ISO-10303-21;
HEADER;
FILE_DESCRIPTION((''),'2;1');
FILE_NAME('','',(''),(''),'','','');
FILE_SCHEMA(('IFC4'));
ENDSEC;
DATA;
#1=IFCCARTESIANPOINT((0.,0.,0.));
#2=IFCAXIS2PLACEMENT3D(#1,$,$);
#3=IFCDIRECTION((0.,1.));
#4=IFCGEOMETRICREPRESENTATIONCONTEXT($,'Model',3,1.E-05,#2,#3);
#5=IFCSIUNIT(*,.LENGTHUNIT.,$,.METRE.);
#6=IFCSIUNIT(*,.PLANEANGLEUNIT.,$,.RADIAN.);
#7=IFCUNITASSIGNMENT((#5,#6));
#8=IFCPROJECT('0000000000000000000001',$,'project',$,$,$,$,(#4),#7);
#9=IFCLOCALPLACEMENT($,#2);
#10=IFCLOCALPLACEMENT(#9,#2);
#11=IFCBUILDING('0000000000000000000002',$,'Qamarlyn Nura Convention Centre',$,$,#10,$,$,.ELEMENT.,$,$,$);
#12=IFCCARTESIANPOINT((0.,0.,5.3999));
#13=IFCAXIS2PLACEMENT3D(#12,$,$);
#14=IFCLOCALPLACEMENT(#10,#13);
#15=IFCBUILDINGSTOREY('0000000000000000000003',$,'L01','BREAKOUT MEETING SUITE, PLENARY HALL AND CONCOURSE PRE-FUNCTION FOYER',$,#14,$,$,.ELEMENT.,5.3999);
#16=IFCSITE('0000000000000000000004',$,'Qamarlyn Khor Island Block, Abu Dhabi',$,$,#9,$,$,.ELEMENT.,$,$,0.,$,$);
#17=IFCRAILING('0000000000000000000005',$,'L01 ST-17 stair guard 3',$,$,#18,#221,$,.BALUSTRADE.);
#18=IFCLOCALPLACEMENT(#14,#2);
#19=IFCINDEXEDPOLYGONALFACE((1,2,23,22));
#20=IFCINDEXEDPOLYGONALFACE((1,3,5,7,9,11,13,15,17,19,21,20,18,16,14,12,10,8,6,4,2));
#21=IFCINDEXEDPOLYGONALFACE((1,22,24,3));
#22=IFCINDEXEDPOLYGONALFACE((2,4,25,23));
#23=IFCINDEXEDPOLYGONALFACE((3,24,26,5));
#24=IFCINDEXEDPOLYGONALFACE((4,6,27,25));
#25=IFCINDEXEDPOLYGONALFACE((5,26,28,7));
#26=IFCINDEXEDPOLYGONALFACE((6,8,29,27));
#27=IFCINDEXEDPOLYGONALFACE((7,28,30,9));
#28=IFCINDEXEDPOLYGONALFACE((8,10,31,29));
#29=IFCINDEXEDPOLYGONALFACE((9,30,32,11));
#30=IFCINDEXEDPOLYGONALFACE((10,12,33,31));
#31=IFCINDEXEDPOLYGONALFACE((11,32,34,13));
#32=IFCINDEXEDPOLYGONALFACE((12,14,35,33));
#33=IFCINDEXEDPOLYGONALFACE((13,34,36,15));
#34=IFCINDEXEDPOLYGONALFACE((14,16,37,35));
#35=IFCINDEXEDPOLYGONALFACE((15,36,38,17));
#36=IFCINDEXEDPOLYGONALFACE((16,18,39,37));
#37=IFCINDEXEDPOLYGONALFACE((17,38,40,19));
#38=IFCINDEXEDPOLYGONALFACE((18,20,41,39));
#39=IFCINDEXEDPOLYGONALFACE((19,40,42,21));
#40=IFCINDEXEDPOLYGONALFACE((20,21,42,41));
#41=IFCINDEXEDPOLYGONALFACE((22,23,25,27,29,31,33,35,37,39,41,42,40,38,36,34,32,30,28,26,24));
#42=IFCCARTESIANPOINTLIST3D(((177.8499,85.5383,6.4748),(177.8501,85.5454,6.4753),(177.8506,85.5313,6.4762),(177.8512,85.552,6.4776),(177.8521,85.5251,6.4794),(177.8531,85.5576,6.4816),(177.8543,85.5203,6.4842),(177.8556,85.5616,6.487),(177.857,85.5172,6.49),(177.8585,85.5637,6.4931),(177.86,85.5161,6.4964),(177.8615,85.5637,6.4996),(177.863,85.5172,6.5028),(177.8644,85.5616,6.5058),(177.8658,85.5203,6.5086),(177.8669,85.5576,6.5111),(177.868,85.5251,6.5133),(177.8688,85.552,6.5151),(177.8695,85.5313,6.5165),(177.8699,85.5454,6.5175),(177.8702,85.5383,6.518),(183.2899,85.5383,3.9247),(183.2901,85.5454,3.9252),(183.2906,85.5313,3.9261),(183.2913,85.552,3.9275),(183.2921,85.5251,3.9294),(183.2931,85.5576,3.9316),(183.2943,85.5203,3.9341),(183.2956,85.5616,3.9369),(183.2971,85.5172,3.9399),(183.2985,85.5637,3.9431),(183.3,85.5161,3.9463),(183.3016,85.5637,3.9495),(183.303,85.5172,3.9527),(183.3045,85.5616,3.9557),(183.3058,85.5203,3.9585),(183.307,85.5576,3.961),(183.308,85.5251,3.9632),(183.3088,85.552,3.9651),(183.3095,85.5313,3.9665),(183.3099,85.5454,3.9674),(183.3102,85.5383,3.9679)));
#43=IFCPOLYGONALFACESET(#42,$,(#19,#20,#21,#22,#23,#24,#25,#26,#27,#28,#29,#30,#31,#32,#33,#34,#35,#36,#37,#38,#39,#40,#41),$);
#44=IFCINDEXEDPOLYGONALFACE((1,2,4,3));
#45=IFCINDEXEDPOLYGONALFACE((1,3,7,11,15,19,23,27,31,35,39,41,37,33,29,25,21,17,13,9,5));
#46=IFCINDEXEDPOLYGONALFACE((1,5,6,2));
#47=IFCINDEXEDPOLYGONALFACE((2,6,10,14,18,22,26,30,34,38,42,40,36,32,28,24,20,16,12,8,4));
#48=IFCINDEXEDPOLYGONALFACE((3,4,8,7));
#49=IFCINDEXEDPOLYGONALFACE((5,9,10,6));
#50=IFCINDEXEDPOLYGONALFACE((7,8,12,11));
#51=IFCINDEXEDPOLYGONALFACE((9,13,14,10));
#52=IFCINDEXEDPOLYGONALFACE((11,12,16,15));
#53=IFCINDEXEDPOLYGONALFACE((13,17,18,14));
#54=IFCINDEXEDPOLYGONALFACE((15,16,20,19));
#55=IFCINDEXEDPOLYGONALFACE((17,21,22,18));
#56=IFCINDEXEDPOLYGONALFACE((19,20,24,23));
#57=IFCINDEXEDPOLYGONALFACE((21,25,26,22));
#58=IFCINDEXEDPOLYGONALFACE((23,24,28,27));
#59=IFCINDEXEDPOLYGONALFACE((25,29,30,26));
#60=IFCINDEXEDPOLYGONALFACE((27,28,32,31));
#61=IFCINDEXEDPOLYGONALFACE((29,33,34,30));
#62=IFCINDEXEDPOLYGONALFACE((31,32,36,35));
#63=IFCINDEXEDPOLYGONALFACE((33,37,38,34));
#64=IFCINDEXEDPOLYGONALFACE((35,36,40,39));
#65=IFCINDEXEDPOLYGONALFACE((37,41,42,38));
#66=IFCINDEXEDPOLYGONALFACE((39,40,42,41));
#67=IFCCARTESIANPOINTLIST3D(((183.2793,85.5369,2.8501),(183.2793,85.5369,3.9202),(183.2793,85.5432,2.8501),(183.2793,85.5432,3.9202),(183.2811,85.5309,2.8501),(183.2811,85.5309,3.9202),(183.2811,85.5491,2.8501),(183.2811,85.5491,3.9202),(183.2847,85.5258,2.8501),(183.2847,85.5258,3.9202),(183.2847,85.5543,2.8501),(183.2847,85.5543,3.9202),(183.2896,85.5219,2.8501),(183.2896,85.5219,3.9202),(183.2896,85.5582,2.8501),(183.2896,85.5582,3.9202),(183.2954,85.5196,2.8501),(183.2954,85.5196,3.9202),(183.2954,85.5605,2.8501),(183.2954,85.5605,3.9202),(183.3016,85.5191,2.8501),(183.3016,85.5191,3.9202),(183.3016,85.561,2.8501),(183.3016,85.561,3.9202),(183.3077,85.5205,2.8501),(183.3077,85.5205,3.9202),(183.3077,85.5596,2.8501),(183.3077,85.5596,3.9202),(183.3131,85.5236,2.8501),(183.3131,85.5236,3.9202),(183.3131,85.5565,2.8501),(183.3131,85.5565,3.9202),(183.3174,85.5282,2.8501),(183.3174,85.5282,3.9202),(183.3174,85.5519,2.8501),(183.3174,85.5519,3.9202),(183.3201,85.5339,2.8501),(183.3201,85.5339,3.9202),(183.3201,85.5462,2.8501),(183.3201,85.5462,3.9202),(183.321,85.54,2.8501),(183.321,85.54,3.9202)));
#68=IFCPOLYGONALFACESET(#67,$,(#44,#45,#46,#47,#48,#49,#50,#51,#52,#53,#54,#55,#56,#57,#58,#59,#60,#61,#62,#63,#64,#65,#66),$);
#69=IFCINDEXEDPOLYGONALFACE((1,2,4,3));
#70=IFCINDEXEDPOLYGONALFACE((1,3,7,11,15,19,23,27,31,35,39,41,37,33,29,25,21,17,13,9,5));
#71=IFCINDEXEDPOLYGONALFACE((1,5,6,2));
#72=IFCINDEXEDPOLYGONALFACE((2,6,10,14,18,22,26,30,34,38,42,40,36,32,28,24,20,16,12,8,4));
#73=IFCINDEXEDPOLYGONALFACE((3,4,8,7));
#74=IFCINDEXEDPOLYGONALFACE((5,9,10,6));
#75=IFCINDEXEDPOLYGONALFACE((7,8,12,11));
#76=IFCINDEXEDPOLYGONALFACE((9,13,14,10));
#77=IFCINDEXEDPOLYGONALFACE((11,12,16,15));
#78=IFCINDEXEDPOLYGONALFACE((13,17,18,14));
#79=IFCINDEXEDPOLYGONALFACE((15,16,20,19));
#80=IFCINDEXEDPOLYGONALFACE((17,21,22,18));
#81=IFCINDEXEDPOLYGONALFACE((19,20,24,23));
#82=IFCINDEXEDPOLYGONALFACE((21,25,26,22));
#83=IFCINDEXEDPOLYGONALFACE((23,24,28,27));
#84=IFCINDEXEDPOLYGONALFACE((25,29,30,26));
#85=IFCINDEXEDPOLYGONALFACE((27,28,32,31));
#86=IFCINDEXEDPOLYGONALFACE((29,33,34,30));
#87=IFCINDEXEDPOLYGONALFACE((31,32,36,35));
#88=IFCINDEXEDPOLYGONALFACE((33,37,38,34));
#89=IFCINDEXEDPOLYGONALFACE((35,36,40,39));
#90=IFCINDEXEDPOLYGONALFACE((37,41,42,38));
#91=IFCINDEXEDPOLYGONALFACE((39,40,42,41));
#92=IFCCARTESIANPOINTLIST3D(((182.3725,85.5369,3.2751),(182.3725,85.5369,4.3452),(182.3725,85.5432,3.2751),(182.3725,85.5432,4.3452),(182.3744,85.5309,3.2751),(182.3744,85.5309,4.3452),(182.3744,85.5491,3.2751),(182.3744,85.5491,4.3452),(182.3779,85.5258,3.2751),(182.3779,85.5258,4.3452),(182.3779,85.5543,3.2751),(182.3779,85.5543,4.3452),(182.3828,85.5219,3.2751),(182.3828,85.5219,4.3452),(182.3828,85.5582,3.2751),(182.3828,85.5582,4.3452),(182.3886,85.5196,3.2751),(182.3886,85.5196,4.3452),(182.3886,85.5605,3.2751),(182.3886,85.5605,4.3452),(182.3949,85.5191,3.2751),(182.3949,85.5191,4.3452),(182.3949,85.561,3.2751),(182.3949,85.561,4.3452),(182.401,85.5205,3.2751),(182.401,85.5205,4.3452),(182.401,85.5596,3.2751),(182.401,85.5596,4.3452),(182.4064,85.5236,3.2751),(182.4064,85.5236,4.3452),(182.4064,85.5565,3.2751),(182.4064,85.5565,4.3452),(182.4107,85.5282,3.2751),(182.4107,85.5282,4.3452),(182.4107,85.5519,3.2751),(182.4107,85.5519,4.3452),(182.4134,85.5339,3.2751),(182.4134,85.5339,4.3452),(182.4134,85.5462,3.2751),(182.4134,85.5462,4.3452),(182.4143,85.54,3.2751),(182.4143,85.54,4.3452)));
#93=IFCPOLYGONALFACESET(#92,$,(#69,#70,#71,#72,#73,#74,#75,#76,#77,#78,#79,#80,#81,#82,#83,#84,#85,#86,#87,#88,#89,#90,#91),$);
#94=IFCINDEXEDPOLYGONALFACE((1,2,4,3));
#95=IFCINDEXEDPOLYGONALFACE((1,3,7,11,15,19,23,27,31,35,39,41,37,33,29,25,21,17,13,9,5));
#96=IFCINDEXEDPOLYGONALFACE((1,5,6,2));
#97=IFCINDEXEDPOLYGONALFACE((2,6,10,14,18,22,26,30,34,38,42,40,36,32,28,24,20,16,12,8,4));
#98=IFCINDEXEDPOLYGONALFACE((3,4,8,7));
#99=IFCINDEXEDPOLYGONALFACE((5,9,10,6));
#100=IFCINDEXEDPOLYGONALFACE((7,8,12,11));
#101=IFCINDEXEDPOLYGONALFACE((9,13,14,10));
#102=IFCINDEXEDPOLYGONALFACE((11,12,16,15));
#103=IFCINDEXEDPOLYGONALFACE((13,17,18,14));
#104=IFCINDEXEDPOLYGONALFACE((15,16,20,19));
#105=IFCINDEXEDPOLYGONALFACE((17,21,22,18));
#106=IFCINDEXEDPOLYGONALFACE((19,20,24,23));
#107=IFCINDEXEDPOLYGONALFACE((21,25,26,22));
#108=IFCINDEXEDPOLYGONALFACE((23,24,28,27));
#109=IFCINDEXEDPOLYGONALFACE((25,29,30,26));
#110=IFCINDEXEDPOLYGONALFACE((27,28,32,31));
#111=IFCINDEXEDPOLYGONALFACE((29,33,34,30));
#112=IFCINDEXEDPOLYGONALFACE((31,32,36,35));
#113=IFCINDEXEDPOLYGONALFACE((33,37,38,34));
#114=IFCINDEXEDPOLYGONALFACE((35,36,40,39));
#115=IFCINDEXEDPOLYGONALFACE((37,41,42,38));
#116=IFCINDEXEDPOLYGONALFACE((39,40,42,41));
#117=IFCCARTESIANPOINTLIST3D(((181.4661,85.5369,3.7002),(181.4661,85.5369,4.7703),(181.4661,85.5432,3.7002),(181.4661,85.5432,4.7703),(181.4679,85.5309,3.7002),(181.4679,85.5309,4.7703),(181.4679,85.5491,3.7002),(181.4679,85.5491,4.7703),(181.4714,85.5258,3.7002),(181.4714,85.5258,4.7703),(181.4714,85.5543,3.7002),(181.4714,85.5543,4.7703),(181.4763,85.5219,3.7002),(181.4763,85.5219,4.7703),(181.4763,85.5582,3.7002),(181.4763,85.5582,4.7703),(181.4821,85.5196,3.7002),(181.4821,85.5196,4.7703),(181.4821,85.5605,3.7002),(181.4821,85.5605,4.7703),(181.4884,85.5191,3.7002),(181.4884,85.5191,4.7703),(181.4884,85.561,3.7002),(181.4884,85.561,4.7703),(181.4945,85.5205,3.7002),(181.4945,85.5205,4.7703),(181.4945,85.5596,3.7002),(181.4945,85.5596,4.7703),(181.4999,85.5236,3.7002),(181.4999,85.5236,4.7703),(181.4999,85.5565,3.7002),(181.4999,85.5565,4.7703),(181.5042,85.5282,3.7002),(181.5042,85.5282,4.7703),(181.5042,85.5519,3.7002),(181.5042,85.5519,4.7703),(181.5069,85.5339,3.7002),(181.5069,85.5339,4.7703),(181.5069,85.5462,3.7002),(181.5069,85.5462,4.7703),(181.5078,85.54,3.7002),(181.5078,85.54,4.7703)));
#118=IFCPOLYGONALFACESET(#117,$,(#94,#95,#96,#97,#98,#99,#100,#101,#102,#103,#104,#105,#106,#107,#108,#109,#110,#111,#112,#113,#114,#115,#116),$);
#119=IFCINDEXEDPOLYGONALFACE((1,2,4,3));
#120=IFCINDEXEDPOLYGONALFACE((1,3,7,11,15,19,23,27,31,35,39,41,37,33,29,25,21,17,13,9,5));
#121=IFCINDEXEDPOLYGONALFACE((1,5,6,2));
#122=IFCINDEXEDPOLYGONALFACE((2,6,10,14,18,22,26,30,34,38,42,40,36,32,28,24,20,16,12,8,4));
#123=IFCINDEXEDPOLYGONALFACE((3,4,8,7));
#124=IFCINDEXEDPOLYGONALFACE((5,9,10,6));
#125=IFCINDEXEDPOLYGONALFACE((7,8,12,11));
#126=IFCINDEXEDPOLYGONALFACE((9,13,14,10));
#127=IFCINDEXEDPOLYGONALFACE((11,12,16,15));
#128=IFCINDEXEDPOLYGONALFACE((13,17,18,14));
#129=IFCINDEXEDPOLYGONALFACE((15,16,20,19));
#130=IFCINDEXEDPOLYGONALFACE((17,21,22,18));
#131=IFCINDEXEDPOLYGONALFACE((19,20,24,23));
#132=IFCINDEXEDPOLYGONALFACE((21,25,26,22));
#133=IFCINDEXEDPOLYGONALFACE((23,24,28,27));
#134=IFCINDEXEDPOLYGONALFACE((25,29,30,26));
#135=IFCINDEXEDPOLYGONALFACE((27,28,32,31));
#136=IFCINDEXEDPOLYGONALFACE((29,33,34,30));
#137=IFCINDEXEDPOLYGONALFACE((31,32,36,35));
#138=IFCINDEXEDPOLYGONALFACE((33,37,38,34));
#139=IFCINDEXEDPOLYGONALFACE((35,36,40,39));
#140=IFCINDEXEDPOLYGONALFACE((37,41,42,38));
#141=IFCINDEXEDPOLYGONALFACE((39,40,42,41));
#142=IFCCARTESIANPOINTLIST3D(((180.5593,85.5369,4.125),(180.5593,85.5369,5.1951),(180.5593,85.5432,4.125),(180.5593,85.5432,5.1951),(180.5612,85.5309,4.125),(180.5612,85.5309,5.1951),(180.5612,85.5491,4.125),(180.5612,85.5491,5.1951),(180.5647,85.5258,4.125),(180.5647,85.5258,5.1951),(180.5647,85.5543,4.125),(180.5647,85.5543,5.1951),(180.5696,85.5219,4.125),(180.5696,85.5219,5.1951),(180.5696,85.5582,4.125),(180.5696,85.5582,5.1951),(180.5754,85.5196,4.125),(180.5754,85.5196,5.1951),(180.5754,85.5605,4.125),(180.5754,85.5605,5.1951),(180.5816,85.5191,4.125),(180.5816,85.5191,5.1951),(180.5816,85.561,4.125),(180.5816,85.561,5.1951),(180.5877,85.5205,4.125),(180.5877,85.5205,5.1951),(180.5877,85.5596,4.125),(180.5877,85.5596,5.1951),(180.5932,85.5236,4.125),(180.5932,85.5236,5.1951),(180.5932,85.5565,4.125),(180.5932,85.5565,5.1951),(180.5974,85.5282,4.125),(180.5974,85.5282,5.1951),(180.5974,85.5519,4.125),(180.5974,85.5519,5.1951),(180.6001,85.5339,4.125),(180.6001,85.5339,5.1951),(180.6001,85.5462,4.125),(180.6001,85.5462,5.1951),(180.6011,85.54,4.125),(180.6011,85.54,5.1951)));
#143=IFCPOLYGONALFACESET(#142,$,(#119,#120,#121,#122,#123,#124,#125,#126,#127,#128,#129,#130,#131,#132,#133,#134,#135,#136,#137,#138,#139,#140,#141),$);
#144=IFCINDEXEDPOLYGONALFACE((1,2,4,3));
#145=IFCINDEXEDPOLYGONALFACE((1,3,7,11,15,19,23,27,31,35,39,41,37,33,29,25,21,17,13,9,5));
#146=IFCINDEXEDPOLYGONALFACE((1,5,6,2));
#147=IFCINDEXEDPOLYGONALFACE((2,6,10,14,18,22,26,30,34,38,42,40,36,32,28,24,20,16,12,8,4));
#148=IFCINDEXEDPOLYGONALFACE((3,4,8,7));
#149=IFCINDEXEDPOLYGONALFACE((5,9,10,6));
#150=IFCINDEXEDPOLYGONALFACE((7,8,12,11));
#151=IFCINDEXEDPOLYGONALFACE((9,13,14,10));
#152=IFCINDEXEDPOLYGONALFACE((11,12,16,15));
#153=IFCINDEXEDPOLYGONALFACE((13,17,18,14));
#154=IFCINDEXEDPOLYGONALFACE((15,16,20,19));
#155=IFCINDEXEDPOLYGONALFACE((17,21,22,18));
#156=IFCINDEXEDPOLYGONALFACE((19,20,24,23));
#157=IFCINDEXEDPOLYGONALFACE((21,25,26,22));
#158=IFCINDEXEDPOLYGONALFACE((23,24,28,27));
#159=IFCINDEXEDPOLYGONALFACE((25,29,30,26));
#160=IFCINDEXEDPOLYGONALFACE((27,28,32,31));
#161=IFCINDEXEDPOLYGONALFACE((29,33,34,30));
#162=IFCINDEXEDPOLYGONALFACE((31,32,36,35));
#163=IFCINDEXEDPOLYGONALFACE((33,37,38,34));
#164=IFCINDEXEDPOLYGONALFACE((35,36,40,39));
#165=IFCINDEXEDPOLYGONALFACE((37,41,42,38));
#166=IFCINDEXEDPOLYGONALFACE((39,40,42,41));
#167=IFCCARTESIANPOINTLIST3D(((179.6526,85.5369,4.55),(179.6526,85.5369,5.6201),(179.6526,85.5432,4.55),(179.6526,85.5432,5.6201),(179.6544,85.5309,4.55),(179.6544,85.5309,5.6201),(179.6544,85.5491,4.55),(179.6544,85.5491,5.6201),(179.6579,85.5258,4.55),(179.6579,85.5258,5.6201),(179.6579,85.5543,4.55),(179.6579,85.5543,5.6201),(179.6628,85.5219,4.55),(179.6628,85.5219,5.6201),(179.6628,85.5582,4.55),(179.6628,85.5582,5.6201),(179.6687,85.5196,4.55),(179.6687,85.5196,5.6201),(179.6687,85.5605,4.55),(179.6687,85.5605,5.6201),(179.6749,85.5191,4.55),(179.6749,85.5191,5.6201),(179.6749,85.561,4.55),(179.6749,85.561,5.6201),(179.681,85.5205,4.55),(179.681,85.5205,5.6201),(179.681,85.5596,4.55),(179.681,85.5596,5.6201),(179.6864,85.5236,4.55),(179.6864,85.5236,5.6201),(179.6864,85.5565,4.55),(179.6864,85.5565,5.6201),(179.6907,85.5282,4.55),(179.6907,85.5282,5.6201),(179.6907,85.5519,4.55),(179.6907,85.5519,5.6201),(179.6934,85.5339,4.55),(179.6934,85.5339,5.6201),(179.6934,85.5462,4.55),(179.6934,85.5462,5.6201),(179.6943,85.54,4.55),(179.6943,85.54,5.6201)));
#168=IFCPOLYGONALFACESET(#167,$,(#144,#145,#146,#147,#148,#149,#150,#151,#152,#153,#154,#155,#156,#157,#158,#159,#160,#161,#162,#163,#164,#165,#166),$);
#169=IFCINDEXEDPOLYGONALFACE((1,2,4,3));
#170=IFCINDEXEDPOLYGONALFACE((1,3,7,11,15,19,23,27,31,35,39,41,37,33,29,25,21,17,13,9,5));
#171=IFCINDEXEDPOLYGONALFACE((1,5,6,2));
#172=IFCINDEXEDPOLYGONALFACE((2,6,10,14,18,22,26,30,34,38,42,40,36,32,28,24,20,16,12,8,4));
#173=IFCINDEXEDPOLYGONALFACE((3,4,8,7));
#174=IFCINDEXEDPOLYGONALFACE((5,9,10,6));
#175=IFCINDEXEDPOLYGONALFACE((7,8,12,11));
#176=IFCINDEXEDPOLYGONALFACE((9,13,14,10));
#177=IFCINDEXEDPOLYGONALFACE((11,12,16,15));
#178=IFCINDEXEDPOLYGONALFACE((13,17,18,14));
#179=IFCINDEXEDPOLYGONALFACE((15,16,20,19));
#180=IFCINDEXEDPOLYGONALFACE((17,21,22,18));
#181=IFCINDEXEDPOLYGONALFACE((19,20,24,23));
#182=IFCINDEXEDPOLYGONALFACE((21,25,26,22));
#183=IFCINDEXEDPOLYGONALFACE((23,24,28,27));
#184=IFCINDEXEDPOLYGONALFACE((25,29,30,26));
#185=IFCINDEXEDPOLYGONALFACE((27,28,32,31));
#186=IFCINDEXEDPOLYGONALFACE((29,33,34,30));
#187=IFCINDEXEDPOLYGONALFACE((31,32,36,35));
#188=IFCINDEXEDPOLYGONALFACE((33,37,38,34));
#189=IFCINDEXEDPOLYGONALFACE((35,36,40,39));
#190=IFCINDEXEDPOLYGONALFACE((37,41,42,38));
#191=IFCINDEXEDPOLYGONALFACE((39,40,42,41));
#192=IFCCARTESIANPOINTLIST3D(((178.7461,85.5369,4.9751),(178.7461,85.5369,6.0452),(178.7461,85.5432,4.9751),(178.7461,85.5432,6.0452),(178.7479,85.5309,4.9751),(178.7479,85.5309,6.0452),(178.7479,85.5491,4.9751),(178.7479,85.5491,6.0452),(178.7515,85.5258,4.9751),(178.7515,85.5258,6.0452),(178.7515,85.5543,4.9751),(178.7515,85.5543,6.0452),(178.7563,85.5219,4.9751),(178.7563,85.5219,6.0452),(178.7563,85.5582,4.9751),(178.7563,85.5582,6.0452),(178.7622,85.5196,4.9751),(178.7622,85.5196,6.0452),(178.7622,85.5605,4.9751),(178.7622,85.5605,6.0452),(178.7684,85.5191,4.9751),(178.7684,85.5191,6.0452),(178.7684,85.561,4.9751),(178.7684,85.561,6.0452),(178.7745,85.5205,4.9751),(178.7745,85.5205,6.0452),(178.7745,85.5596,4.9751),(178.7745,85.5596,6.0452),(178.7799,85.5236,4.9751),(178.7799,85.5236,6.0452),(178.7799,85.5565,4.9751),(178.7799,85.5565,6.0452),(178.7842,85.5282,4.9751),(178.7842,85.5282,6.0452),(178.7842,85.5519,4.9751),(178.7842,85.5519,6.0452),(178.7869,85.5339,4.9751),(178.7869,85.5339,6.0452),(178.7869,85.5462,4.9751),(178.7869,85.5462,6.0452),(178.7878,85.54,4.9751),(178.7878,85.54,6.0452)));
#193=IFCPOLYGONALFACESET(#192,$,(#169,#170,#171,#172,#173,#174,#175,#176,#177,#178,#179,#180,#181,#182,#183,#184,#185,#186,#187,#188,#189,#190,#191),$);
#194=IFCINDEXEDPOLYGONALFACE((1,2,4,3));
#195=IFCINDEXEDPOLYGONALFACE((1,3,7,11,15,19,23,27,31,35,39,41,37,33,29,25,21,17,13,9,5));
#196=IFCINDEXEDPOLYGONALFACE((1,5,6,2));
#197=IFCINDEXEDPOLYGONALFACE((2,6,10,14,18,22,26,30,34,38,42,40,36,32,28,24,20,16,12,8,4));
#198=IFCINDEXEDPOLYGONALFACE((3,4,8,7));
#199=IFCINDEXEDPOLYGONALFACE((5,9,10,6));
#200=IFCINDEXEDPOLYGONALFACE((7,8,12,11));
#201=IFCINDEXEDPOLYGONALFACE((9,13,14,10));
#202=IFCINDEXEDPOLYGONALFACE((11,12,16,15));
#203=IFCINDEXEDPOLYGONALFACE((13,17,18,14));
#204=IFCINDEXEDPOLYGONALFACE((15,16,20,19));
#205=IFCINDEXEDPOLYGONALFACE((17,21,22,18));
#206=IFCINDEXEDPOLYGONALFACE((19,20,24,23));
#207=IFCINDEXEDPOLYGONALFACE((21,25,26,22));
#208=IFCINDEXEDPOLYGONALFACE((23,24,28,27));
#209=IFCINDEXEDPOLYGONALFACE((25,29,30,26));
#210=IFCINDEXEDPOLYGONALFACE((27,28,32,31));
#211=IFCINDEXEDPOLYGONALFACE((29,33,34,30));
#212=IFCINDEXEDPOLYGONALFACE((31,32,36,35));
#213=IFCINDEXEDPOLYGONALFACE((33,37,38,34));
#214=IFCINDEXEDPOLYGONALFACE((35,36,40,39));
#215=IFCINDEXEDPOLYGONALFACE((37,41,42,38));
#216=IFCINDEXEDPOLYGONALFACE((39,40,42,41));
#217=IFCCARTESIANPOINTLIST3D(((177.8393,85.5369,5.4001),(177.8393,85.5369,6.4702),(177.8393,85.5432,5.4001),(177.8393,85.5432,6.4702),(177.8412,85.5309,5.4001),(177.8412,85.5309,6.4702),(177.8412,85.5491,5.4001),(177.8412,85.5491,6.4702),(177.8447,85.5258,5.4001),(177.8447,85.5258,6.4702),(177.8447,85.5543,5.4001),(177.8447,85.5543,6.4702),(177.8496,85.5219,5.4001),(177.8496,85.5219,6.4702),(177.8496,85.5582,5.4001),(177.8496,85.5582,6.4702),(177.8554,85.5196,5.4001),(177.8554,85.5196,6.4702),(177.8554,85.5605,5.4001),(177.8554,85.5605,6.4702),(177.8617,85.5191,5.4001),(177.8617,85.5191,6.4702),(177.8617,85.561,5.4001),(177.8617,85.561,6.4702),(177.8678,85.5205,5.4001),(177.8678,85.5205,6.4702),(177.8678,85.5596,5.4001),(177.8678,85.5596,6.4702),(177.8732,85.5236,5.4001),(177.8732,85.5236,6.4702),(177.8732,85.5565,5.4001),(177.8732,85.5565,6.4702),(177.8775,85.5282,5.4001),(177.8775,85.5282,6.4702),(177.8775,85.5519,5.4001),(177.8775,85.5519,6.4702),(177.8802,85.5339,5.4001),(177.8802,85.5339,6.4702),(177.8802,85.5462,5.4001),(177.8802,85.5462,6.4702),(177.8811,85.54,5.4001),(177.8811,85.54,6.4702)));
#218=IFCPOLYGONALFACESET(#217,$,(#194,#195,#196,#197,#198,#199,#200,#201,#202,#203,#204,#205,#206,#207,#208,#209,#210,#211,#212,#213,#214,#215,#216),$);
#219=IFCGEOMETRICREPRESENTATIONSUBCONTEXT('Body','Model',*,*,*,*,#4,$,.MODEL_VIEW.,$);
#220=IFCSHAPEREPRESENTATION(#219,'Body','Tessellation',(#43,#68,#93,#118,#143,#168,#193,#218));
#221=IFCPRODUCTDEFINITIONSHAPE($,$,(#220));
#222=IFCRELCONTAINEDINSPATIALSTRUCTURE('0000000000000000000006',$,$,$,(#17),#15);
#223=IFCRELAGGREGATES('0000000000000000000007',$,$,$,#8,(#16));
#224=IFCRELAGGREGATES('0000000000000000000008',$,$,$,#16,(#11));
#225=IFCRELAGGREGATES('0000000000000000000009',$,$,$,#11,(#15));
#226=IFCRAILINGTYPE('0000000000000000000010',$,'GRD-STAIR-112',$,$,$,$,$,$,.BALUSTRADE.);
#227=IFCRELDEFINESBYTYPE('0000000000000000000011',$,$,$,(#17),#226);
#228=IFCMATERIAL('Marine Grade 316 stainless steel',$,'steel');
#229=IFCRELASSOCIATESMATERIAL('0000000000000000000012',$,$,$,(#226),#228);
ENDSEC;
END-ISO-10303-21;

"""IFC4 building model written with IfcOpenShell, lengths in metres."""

from ifc_helpers import new_model, si_unit, direction, frame, origin, origin_2d, place, context, subcontext, project, spatial, circle, extrude, material, type_object, element, save


model = new_model("IFC4")

# Units and contexts
model_context = context("Model", 3, precision=1e-05, world=origin(), true_north=direction((0.0, 1.0)))
body_context = subcontext(model_context, "Body", "Model", "MODEL_VIEW")
ifc_project = project(units=[si_unit("LENGTHUNIT", "METRE"), si_unit("PLANEANGLEUNIT", "RADIAN")], contexts=[model_context])

# Site, building, storey
site_placement = place(None, origin())
site = spatial("IfcSite", under=ifc_project, at=site_placement, Name="Qamarlyn Khor Island Block, Abu Dhabi", CompositionType="ELEMENT", RefElevation=0.0)
building_placement = place(site_placement, origin())
building = spatial("IfcBuilding", under=site, at=building_placement, Name="Qamarlyn Nura Convention Centre", CompositionType="ELEMENT")
storey_placement = place(building_placement, frame((0.0, 0.0, 5.3999)))
storey = spatial("IfcBuildingStorey", under=building, at=storey_placement, Name="L01", Description="BREAKOUT MEETING SUITE, PLENARY HALL AND CONCOURSE PRE-FUNCTION FOYER", CompositionType="ELEMENT", Elevation=5.3999)

# Railing
ifc_material_1 = material(Name="Marine Grade 316 stainless steel", Category="steel")
railing_type_1 = type_object("IfcRailingType", Name="GRD-STAIR-112", PredefinedType="BALUSTRADE", material=ifc_material_1)
railing_1_placement = place(storey_placement, frame((183.3, 85.54, 2.8501)))
element("IfcRailing", 1, at=railing_1_placement, inside=storey, type_object=railing_type_1, Name="L01 ST-17 stair guard 3", PredefinedType="BALUSTRADE", context=body_context, shape_type="SweptSolid", body=[
    extrude(circle(Radius=0.0239, at=origin_2d()), frame((0.0, 0.0, 1.0962), z_axis=(-0.905454, 0.0, 0.424444), x_axis=(0.0, -1.0, 0.0)), (0.0, 0.0, 1.0), 6.0081),
    extrude(circle(Radius=0.021, at=origin_2d()), origin(), (0.0, 0.0, 1.0), 1.0701),
    extrude(circle(Radius=0.021, at=origin_2d()), frame((-0.9067, 0.0, 0.425)), (0.0, 0.0, 1.0), 1.0701),
    extrude(circle(Radius=0.021, at=origin_2d()), frame((-1.8132, 0.0, 0.8501)), (0.0, 0.0, 1.0), 1.0701),
    extrude(circle(Radius=0.021, at=origin_2d()), frame((-2.72, 0.0, 1.2749)), (0.0, 0.0, 1.0), 1.0701),
    extrude(circle(Radius=0.021, at=origin_2d()), frame((-3.6267, 0.0, 1.7)), (0.0, 0.0, 1.0), 1.0701),
    extrude(circle(Radius=0.021, at=origin_2d()), frame((-4.5332, 0.0, 2.125)), (0.0, 0.0, 1.0), 1.0701),
    extrude(circle(Radius=0.021, at=origin_2d()), frame((-5.4399, 0.0, 2.55)), (0.0, 0.0, 1.0), 1.0701),
])

save(model, "model.ifc")
